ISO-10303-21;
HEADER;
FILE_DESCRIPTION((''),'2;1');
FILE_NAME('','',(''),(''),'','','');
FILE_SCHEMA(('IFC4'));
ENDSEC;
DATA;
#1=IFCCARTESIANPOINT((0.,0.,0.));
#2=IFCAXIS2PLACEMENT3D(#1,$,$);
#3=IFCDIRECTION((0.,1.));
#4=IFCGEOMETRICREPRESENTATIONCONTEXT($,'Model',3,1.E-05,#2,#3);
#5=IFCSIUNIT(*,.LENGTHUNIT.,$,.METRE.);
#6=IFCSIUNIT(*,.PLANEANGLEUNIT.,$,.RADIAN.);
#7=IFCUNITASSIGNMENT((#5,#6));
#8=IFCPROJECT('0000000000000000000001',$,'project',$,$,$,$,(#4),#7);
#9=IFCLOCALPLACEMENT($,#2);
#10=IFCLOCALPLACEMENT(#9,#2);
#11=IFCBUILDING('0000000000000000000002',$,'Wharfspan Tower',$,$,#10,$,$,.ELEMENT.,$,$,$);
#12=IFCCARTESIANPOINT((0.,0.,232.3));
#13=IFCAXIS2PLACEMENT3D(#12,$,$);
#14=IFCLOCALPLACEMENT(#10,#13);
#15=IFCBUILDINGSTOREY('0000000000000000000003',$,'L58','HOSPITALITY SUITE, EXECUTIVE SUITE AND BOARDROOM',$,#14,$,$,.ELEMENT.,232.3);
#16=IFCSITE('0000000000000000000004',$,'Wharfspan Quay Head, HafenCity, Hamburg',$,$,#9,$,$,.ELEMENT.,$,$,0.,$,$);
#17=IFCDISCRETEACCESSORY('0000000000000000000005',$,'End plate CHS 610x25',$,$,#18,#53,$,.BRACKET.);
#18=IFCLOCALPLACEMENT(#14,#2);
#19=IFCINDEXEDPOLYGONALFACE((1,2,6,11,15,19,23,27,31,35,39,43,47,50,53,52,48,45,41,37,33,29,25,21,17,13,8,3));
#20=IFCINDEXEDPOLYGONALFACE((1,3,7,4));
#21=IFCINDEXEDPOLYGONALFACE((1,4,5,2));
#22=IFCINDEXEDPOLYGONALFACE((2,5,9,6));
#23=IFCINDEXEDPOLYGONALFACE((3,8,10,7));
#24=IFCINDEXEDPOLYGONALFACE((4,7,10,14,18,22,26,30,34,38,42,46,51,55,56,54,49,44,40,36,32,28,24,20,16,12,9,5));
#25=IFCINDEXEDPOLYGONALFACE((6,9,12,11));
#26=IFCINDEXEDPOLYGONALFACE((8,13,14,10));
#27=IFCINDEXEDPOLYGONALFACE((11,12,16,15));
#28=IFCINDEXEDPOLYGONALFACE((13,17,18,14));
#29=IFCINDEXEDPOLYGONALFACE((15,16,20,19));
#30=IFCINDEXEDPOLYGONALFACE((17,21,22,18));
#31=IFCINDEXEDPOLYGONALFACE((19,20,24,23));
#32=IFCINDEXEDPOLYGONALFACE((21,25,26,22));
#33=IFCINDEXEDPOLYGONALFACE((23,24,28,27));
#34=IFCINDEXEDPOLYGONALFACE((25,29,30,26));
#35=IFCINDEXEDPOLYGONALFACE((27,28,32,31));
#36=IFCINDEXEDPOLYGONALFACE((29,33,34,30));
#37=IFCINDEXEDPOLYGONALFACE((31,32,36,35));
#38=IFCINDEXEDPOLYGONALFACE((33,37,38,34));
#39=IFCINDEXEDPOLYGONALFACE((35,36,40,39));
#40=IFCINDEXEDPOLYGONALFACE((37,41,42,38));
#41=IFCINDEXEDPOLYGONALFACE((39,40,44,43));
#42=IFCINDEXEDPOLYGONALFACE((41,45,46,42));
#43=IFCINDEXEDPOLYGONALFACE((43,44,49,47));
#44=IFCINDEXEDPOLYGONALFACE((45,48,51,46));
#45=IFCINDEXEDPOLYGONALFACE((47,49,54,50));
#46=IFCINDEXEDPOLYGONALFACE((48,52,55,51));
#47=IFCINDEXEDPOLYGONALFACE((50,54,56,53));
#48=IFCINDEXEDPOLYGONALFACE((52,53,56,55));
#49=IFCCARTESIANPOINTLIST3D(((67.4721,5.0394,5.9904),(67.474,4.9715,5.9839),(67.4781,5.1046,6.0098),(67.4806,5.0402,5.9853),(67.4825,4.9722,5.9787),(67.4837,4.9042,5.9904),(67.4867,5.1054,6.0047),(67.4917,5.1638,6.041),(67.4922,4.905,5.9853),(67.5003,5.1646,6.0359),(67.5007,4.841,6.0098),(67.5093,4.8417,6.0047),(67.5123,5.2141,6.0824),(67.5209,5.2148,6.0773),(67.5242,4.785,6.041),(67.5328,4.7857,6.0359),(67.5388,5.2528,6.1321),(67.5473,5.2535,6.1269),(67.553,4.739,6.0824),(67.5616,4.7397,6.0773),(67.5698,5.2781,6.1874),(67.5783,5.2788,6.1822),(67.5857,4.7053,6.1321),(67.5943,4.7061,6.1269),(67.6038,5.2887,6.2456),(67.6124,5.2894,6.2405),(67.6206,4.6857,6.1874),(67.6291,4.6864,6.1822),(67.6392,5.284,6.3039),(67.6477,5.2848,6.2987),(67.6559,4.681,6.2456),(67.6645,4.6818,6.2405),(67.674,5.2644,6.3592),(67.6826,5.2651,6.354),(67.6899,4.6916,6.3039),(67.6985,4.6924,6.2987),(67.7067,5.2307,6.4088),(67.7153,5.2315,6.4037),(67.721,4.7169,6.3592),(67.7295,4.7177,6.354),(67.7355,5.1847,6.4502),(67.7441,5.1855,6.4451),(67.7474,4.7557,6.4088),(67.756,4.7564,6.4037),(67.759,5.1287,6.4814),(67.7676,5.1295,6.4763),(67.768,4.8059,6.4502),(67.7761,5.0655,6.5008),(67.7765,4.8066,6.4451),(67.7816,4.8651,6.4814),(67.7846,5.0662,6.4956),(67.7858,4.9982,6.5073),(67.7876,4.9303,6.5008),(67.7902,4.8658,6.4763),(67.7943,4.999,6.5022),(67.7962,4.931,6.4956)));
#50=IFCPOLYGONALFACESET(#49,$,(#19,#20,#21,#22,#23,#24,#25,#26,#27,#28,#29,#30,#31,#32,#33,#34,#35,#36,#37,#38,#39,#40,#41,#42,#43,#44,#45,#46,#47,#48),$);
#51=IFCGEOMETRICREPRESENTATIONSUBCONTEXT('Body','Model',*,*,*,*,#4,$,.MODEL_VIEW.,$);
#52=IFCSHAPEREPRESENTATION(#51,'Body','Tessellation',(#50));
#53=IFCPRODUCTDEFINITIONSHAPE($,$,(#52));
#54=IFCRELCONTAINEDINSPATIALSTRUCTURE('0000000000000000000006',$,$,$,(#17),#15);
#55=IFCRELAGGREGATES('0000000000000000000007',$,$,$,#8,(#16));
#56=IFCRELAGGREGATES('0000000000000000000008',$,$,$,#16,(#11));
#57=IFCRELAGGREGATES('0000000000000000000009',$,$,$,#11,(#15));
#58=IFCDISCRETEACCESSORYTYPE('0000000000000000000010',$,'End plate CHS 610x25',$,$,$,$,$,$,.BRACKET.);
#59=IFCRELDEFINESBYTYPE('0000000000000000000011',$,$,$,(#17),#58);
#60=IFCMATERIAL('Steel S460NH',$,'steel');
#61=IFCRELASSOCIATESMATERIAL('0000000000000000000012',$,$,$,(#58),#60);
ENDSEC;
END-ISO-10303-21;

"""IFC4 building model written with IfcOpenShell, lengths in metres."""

from ifc_helpers import new_model, si_unit, direction, frame, origin, origin_2d, place, context, subcontext, project, spatial, circle, extrude, material, material_profile, profile_set, type_object, element, save


model = new_model("IFC4")

# Units and contexts
model_context = context("Model", 3, precision=1e-05, world=origin(), true_north=direction((0.0, 1.0)))
body_context = subcontext(model_context, "Body", "Model", "MODEL_VIEW")
ifc_project = project(units=[si_unit("LENGTHUNIT", "METRE"), si_unit("PLANEANGLEUNIT", "RADIAN")], contexts=[model_context])

# Site, building, storey
site_placement = place(None, origin())
site = spatial("IfcSite", under=ifc_project, at=site_placement, Name="Wharfspan Quay Head, HafenCity, Hamburg", CompositionType="ELEMENT", RefElevation=0.0)
building_placement = place(site_placement, origin())
building = spatial("IfcBuilding", under=site, at=building_placement, Name="Wharfspan Tower", CompositionType="ELEMENT")
storey_placement = place(building_placement, frame((0.0, 0.0, 232.3)))
storey = spatial("IfcBuildingStorey", under=building, at=storey_placement, Name="L58", Description="HOSPITALITY SUITE, EXECUTIVE SUITE AND BOARDROOM", CompositionType="ELEMENT", Elevation=232.3)

# Shared definitions
ifc_material_1 = material(Name="Steel S460NH", Category="steel")

# Discrete accessory
ifc_material_profile_1 = material_profile(ifc_material_1, circle(Radius=0.3049, at=origin_2d()))
ifc_profile_set_1 = profile_set([ifc_material_profile_1], Name="Steel S460NH")
discrete_accessory_type = type_object("IfcDiscreteAccessoryType", Name="End plate CHS 610x25", PredefinedType="BRACKET", material=ifc_profile_set_1)
for number, where, z_axis, x_axis, name in (
    (1, (67.6384, 4.9856, 6.2405), (-0.855186, -0.073302, 0.513112), (0.085402, -0.996345, 0.000001), "End plate CHS 610x25"),
):
    element("IfcDiscreteAccessory", number, at=place(storey_placement, frame(where, z_axis=z_axis, x_axis=x_axis)), inside=storey, type_object=discrete_accessory_type, Name=name, PredefinedType="BRACKET", context=body_context, shape_type="SweptSolid", body=[
        extrude(circle(Radius=0.3049, at=origin_2d()), origin(), (0.0, 0.0, 1.0), 0.01),
    ])

save(model, "model.ifc")
